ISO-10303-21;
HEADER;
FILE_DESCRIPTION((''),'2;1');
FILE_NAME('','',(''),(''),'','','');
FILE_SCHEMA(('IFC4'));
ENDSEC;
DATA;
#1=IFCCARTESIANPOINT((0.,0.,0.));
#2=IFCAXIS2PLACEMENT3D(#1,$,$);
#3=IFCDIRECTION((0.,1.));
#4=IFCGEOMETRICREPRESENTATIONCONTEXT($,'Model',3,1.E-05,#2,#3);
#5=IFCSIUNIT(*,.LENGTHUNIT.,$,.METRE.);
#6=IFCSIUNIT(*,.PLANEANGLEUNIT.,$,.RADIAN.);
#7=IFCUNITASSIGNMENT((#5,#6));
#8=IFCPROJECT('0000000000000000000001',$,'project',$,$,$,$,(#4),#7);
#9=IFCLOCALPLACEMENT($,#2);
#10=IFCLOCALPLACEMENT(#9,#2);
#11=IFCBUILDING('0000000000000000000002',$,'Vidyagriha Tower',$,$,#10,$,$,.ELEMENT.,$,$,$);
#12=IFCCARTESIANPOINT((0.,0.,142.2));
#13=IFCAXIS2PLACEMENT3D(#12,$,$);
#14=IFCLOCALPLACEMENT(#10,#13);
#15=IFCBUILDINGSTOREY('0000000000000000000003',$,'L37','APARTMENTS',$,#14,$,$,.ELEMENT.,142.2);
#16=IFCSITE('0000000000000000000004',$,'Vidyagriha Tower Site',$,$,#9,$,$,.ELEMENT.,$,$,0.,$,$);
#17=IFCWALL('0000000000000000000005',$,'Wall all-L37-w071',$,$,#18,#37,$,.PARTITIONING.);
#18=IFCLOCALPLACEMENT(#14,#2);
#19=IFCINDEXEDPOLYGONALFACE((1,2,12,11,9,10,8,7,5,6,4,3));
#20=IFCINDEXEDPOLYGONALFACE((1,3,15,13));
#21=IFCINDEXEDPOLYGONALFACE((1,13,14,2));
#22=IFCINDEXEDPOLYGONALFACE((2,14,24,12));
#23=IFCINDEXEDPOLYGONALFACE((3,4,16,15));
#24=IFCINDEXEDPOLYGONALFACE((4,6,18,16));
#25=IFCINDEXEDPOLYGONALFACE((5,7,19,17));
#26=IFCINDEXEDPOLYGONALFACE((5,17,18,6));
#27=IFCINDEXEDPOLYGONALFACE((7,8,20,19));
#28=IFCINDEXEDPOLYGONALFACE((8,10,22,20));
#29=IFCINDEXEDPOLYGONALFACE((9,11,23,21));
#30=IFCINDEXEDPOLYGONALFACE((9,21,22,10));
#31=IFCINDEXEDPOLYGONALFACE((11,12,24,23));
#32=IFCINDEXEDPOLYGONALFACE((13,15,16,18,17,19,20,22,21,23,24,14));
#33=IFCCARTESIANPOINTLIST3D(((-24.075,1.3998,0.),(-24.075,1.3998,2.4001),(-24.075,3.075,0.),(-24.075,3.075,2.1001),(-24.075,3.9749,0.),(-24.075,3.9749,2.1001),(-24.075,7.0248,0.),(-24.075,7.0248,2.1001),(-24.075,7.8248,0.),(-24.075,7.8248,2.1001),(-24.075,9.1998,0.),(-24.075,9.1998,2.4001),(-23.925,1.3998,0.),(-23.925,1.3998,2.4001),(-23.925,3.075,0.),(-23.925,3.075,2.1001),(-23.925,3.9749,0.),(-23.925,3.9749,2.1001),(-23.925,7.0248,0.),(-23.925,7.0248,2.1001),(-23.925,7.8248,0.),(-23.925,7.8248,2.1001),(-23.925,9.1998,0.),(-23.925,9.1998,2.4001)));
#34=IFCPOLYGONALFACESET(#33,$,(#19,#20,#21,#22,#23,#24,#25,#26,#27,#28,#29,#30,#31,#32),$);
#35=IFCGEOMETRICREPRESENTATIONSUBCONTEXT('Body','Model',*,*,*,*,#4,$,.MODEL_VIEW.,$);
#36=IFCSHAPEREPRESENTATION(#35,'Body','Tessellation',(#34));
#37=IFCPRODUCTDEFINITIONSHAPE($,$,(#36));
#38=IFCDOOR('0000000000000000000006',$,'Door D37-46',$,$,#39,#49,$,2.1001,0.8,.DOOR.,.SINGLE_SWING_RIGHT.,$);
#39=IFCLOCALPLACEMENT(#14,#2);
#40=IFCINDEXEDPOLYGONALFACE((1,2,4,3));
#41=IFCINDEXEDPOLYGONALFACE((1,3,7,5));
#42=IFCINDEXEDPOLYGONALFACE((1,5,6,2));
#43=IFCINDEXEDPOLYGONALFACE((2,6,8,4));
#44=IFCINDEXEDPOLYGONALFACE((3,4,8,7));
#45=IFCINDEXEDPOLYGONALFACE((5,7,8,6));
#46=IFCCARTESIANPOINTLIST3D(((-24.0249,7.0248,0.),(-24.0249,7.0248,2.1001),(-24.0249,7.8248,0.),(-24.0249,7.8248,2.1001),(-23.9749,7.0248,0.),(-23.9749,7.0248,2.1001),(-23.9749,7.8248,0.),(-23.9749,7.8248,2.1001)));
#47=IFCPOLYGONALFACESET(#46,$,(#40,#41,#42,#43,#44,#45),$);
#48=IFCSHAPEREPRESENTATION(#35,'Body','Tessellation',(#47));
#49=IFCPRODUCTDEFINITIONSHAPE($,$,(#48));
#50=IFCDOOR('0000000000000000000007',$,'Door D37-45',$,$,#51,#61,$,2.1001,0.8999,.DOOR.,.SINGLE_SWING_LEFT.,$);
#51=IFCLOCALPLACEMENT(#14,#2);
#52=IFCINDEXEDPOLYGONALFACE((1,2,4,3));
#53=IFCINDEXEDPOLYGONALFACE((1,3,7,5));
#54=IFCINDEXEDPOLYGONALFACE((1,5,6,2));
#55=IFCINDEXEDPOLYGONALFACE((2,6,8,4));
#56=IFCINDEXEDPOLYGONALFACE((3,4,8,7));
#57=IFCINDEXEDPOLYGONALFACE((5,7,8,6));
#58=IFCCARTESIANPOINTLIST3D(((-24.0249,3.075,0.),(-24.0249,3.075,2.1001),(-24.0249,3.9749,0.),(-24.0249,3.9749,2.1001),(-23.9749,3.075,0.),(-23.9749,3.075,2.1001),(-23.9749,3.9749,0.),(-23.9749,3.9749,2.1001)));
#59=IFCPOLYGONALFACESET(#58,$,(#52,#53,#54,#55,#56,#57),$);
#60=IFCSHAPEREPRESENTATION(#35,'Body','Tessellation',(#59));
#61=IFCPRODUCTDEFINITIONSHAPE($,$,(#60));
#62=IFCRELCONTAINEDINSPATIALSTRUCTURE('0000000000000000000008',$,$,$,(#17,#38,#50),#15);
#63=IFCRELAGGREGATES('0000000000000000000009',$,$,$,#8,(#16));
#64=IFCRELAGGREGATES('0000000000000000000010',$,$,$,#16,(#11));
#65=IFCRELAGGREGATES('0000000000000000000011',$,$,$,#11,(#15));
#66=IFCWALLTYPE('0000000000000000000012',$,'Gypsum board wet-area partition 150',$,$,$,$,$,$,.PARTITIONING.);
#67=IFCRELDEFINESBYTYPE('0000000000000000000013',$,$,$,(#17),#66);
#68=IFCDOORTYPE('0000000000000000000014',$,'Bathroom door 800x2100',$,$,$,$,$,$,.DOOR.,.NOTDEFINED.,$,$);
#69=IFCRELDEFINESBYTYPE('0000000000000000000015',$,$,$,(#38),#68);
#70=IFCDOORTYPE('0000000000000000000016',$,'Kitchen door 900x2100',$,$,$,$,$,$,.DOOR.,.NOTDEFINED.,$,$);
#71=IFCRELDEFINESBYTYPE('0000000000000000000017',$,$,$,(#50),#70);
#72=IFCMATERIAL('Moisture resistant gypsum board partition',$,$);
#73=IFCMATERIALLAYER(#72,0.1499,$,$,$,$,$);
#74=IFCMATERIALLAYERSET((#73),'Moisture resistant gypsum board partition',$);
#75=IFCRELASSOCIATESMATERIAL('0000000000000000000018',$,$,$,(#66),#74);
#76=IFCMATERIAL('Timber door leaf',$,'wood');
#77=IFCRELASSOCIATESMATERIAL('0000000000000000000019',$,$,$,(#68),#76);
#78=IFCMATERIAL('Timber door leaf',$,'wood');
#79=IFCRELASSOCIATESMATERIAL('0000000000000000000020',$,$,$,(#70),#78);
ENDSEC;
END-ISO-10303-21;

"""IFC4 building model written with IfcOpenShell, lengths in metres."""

from ifc_helpers import new_model, si_unit, direction, frame, frame_2d, origin, place, context, subcontext, project, spatial, rectangle, extrude, material, layer, layer_set, type_object, element, fill, save


model = new_model("IFC4")

# Units and contexts
model_context = context("Model", 3, precision=1e-05, world=origin(), true_north=direction((0.0, 1.0)))
body_context = subcontext(model_context, "Body", "Model", "MODEL_VIEW")
ifc_project = project(units=[si_unit("LENGTHUNIT", "METRE"), si_unit("PLANEANGLEUNIT", "RADIAN")], contexts=[model_context])

# Site, building, storey
site_placement = place(None, origin())
site = spatial("IfcSite", under=ifc_project, at=site_placement, Name="Vidyagriha Tower Site", CompositionType="ELEMENT", RefElevation=0.0)
building_placement = place(site_placement, origin())
building = spatial("IfcBuilding", under=site, at=building_placement, Name="Vidyagriha Tower", CompositionType="ELEMENT")
storey_placement = place(building_placement, frame((0.0, 0.0, 142.2)))
storey = spatial("IfcBuildingStorey", under=building, at=storey_placement, Name="L37", Description="APARTMENTS", CompositionType="ELEMENT", Elevation=142.2)

# Wall, openings, doors
ifc_material_1 = material(Name="Moisture resistant gypsum board partition")
ifc_layer_1 = layer(ifc_material_1, 0.1499)
ifc_layer_set_1 = layer_set([ifc_layer_1], Name="Moisture resistant gypsum board partition")
wall_type_1 = type_object("IfcWallType", Name="Gypsum board wet-area partition 150", PredefinedType="PARTITIONING", material=ifc_layer_set_1)
wall_1_placement = place(storey_placement, frame((-24.0, 1.3999, 0.0), z_axis=(0.0, 0.0, 1.0), x_axis=(0.0, 1.0, 0.0)))
wall_1 = element("IfcWall", 1, at=wall_1_placement, inside=storey, type_object=wall_type_1, Name="Wall all-L37-w071", PredefinedType="PARTITIONING", context=body_context, shape_type="SweptSolid", body=[
    extrude(rectangle(XDim=7.8, YDim=0.1499, at=frame_2d((3.8999, 0.0))), origin(), (0.0, 0.0, 1.0), 2.4001),
])
opening_1_placement = place(wall_1_placement, frame((1.675, 0.0, 0.0)))
opening_1 = element("IfcOpeningElement", 2, at=opening_1_placement, cuts=wall_1, PredefinedType="OPENING", context=body_context, shape_type="SweptSolid", body=[
    extrude(rectangle(XDim=0.8999, YDim=2.1001, at=frame_2d((0.45, 1.05))), frame((0.0, 0.085, 0.0), z_axis=(0.0, -1.0, 0.0), x_axis=(1.0, 0.0, 0.0)), (0.0, 0.0, 1.0), 0.1699),
])
opening_2_placement = place(wall_1_placement, frame((5.625, 0.0, 0.0)))
opening_2 = element("IfcOpeningElement", 3, at=opening_2_placement, cuts=wall_1, PredefinedType="OPENING", context=body_context, shape_type="SweptSolid", body=[
    extrude(rectangle(XDim=0.8, YDim=2.1001, at=frame_2d((0.3999, 1.05))), frame((0.0, 0.085, 0.0), z_axis=(0.0, -1.0, 0.0), x_axis=(1.0, 0.0, 0.0)), (0.0, 0.0, 1.0), 0.1699),
])
ifc_material_2 = material(Name="Timber door leaf", Category="wood")
door_type_1 = type_object("IfcDoorType", Name="Bathroom door 800x2100", OperationType="NOTDEFINED", PredefinedType="DOOR", material=ifc_material_2)
door_1_placement = place(opening_2_placement, origin())
door_1 = element("IfcDoor", 4, at=door_1_placement, inside=storey, type_object=door_type_1, Name="Door D37-46", OperationType="SINGLE_SWING_RIGHT", OverallHeight=2.1001, OverallWidth=0.8, PredefinedType="DOOR", context=body_context, shape_type="SweptSolid", body=[
    extrude(rectangle(XDim=0.8, YDim=2.1001, at=frame_2d((0.3999, 1.05))), frame((0.0, 0.0249, 0.0), z_axis=(0.0, -1.0, 0.0), x_axis=(1.0, 0.0, 0.0)), (0.0, 0.0, 1.0), 0.05),
])
fill(opening_2, door_1)
ifc_material_3 = material(Name="Timber door leaf", Category="wood")
door_type_2 = type_object("IfcDoorType", Name="Kitchen door 900x2100", OperationType="NOTDEFINED", PredefinedType="DOOR", material=ifc_material_3)
door_2_placement = place(opening_1_placement, origin())
door_2 = element("IfcDoor", 5, at=door_2_placement, inside=storey, type_object=door_type_2, Name="Door D37-45", OperationType="SINGLE_SWING_LEFT", OverallHeight=2.1001, OverallWidth=0.8999, PredefinedType="DOOR", context=body_context, shape_type="SweptSolid", body=[
    extrude(rectangle(XDim=0.8999, YDim=2.1001, at=frame_2d((0.45, 1.05))), frame((0.0, 0.0249, 0.0), z_axis=(0.0, -1.0, 0.0), x_axis=(1.0, 0.0, 0.0)), (0.0, 0.0, 1.0), 0.05),
])
fill(opening_1, door_2)

save(model, "model.ifc")
